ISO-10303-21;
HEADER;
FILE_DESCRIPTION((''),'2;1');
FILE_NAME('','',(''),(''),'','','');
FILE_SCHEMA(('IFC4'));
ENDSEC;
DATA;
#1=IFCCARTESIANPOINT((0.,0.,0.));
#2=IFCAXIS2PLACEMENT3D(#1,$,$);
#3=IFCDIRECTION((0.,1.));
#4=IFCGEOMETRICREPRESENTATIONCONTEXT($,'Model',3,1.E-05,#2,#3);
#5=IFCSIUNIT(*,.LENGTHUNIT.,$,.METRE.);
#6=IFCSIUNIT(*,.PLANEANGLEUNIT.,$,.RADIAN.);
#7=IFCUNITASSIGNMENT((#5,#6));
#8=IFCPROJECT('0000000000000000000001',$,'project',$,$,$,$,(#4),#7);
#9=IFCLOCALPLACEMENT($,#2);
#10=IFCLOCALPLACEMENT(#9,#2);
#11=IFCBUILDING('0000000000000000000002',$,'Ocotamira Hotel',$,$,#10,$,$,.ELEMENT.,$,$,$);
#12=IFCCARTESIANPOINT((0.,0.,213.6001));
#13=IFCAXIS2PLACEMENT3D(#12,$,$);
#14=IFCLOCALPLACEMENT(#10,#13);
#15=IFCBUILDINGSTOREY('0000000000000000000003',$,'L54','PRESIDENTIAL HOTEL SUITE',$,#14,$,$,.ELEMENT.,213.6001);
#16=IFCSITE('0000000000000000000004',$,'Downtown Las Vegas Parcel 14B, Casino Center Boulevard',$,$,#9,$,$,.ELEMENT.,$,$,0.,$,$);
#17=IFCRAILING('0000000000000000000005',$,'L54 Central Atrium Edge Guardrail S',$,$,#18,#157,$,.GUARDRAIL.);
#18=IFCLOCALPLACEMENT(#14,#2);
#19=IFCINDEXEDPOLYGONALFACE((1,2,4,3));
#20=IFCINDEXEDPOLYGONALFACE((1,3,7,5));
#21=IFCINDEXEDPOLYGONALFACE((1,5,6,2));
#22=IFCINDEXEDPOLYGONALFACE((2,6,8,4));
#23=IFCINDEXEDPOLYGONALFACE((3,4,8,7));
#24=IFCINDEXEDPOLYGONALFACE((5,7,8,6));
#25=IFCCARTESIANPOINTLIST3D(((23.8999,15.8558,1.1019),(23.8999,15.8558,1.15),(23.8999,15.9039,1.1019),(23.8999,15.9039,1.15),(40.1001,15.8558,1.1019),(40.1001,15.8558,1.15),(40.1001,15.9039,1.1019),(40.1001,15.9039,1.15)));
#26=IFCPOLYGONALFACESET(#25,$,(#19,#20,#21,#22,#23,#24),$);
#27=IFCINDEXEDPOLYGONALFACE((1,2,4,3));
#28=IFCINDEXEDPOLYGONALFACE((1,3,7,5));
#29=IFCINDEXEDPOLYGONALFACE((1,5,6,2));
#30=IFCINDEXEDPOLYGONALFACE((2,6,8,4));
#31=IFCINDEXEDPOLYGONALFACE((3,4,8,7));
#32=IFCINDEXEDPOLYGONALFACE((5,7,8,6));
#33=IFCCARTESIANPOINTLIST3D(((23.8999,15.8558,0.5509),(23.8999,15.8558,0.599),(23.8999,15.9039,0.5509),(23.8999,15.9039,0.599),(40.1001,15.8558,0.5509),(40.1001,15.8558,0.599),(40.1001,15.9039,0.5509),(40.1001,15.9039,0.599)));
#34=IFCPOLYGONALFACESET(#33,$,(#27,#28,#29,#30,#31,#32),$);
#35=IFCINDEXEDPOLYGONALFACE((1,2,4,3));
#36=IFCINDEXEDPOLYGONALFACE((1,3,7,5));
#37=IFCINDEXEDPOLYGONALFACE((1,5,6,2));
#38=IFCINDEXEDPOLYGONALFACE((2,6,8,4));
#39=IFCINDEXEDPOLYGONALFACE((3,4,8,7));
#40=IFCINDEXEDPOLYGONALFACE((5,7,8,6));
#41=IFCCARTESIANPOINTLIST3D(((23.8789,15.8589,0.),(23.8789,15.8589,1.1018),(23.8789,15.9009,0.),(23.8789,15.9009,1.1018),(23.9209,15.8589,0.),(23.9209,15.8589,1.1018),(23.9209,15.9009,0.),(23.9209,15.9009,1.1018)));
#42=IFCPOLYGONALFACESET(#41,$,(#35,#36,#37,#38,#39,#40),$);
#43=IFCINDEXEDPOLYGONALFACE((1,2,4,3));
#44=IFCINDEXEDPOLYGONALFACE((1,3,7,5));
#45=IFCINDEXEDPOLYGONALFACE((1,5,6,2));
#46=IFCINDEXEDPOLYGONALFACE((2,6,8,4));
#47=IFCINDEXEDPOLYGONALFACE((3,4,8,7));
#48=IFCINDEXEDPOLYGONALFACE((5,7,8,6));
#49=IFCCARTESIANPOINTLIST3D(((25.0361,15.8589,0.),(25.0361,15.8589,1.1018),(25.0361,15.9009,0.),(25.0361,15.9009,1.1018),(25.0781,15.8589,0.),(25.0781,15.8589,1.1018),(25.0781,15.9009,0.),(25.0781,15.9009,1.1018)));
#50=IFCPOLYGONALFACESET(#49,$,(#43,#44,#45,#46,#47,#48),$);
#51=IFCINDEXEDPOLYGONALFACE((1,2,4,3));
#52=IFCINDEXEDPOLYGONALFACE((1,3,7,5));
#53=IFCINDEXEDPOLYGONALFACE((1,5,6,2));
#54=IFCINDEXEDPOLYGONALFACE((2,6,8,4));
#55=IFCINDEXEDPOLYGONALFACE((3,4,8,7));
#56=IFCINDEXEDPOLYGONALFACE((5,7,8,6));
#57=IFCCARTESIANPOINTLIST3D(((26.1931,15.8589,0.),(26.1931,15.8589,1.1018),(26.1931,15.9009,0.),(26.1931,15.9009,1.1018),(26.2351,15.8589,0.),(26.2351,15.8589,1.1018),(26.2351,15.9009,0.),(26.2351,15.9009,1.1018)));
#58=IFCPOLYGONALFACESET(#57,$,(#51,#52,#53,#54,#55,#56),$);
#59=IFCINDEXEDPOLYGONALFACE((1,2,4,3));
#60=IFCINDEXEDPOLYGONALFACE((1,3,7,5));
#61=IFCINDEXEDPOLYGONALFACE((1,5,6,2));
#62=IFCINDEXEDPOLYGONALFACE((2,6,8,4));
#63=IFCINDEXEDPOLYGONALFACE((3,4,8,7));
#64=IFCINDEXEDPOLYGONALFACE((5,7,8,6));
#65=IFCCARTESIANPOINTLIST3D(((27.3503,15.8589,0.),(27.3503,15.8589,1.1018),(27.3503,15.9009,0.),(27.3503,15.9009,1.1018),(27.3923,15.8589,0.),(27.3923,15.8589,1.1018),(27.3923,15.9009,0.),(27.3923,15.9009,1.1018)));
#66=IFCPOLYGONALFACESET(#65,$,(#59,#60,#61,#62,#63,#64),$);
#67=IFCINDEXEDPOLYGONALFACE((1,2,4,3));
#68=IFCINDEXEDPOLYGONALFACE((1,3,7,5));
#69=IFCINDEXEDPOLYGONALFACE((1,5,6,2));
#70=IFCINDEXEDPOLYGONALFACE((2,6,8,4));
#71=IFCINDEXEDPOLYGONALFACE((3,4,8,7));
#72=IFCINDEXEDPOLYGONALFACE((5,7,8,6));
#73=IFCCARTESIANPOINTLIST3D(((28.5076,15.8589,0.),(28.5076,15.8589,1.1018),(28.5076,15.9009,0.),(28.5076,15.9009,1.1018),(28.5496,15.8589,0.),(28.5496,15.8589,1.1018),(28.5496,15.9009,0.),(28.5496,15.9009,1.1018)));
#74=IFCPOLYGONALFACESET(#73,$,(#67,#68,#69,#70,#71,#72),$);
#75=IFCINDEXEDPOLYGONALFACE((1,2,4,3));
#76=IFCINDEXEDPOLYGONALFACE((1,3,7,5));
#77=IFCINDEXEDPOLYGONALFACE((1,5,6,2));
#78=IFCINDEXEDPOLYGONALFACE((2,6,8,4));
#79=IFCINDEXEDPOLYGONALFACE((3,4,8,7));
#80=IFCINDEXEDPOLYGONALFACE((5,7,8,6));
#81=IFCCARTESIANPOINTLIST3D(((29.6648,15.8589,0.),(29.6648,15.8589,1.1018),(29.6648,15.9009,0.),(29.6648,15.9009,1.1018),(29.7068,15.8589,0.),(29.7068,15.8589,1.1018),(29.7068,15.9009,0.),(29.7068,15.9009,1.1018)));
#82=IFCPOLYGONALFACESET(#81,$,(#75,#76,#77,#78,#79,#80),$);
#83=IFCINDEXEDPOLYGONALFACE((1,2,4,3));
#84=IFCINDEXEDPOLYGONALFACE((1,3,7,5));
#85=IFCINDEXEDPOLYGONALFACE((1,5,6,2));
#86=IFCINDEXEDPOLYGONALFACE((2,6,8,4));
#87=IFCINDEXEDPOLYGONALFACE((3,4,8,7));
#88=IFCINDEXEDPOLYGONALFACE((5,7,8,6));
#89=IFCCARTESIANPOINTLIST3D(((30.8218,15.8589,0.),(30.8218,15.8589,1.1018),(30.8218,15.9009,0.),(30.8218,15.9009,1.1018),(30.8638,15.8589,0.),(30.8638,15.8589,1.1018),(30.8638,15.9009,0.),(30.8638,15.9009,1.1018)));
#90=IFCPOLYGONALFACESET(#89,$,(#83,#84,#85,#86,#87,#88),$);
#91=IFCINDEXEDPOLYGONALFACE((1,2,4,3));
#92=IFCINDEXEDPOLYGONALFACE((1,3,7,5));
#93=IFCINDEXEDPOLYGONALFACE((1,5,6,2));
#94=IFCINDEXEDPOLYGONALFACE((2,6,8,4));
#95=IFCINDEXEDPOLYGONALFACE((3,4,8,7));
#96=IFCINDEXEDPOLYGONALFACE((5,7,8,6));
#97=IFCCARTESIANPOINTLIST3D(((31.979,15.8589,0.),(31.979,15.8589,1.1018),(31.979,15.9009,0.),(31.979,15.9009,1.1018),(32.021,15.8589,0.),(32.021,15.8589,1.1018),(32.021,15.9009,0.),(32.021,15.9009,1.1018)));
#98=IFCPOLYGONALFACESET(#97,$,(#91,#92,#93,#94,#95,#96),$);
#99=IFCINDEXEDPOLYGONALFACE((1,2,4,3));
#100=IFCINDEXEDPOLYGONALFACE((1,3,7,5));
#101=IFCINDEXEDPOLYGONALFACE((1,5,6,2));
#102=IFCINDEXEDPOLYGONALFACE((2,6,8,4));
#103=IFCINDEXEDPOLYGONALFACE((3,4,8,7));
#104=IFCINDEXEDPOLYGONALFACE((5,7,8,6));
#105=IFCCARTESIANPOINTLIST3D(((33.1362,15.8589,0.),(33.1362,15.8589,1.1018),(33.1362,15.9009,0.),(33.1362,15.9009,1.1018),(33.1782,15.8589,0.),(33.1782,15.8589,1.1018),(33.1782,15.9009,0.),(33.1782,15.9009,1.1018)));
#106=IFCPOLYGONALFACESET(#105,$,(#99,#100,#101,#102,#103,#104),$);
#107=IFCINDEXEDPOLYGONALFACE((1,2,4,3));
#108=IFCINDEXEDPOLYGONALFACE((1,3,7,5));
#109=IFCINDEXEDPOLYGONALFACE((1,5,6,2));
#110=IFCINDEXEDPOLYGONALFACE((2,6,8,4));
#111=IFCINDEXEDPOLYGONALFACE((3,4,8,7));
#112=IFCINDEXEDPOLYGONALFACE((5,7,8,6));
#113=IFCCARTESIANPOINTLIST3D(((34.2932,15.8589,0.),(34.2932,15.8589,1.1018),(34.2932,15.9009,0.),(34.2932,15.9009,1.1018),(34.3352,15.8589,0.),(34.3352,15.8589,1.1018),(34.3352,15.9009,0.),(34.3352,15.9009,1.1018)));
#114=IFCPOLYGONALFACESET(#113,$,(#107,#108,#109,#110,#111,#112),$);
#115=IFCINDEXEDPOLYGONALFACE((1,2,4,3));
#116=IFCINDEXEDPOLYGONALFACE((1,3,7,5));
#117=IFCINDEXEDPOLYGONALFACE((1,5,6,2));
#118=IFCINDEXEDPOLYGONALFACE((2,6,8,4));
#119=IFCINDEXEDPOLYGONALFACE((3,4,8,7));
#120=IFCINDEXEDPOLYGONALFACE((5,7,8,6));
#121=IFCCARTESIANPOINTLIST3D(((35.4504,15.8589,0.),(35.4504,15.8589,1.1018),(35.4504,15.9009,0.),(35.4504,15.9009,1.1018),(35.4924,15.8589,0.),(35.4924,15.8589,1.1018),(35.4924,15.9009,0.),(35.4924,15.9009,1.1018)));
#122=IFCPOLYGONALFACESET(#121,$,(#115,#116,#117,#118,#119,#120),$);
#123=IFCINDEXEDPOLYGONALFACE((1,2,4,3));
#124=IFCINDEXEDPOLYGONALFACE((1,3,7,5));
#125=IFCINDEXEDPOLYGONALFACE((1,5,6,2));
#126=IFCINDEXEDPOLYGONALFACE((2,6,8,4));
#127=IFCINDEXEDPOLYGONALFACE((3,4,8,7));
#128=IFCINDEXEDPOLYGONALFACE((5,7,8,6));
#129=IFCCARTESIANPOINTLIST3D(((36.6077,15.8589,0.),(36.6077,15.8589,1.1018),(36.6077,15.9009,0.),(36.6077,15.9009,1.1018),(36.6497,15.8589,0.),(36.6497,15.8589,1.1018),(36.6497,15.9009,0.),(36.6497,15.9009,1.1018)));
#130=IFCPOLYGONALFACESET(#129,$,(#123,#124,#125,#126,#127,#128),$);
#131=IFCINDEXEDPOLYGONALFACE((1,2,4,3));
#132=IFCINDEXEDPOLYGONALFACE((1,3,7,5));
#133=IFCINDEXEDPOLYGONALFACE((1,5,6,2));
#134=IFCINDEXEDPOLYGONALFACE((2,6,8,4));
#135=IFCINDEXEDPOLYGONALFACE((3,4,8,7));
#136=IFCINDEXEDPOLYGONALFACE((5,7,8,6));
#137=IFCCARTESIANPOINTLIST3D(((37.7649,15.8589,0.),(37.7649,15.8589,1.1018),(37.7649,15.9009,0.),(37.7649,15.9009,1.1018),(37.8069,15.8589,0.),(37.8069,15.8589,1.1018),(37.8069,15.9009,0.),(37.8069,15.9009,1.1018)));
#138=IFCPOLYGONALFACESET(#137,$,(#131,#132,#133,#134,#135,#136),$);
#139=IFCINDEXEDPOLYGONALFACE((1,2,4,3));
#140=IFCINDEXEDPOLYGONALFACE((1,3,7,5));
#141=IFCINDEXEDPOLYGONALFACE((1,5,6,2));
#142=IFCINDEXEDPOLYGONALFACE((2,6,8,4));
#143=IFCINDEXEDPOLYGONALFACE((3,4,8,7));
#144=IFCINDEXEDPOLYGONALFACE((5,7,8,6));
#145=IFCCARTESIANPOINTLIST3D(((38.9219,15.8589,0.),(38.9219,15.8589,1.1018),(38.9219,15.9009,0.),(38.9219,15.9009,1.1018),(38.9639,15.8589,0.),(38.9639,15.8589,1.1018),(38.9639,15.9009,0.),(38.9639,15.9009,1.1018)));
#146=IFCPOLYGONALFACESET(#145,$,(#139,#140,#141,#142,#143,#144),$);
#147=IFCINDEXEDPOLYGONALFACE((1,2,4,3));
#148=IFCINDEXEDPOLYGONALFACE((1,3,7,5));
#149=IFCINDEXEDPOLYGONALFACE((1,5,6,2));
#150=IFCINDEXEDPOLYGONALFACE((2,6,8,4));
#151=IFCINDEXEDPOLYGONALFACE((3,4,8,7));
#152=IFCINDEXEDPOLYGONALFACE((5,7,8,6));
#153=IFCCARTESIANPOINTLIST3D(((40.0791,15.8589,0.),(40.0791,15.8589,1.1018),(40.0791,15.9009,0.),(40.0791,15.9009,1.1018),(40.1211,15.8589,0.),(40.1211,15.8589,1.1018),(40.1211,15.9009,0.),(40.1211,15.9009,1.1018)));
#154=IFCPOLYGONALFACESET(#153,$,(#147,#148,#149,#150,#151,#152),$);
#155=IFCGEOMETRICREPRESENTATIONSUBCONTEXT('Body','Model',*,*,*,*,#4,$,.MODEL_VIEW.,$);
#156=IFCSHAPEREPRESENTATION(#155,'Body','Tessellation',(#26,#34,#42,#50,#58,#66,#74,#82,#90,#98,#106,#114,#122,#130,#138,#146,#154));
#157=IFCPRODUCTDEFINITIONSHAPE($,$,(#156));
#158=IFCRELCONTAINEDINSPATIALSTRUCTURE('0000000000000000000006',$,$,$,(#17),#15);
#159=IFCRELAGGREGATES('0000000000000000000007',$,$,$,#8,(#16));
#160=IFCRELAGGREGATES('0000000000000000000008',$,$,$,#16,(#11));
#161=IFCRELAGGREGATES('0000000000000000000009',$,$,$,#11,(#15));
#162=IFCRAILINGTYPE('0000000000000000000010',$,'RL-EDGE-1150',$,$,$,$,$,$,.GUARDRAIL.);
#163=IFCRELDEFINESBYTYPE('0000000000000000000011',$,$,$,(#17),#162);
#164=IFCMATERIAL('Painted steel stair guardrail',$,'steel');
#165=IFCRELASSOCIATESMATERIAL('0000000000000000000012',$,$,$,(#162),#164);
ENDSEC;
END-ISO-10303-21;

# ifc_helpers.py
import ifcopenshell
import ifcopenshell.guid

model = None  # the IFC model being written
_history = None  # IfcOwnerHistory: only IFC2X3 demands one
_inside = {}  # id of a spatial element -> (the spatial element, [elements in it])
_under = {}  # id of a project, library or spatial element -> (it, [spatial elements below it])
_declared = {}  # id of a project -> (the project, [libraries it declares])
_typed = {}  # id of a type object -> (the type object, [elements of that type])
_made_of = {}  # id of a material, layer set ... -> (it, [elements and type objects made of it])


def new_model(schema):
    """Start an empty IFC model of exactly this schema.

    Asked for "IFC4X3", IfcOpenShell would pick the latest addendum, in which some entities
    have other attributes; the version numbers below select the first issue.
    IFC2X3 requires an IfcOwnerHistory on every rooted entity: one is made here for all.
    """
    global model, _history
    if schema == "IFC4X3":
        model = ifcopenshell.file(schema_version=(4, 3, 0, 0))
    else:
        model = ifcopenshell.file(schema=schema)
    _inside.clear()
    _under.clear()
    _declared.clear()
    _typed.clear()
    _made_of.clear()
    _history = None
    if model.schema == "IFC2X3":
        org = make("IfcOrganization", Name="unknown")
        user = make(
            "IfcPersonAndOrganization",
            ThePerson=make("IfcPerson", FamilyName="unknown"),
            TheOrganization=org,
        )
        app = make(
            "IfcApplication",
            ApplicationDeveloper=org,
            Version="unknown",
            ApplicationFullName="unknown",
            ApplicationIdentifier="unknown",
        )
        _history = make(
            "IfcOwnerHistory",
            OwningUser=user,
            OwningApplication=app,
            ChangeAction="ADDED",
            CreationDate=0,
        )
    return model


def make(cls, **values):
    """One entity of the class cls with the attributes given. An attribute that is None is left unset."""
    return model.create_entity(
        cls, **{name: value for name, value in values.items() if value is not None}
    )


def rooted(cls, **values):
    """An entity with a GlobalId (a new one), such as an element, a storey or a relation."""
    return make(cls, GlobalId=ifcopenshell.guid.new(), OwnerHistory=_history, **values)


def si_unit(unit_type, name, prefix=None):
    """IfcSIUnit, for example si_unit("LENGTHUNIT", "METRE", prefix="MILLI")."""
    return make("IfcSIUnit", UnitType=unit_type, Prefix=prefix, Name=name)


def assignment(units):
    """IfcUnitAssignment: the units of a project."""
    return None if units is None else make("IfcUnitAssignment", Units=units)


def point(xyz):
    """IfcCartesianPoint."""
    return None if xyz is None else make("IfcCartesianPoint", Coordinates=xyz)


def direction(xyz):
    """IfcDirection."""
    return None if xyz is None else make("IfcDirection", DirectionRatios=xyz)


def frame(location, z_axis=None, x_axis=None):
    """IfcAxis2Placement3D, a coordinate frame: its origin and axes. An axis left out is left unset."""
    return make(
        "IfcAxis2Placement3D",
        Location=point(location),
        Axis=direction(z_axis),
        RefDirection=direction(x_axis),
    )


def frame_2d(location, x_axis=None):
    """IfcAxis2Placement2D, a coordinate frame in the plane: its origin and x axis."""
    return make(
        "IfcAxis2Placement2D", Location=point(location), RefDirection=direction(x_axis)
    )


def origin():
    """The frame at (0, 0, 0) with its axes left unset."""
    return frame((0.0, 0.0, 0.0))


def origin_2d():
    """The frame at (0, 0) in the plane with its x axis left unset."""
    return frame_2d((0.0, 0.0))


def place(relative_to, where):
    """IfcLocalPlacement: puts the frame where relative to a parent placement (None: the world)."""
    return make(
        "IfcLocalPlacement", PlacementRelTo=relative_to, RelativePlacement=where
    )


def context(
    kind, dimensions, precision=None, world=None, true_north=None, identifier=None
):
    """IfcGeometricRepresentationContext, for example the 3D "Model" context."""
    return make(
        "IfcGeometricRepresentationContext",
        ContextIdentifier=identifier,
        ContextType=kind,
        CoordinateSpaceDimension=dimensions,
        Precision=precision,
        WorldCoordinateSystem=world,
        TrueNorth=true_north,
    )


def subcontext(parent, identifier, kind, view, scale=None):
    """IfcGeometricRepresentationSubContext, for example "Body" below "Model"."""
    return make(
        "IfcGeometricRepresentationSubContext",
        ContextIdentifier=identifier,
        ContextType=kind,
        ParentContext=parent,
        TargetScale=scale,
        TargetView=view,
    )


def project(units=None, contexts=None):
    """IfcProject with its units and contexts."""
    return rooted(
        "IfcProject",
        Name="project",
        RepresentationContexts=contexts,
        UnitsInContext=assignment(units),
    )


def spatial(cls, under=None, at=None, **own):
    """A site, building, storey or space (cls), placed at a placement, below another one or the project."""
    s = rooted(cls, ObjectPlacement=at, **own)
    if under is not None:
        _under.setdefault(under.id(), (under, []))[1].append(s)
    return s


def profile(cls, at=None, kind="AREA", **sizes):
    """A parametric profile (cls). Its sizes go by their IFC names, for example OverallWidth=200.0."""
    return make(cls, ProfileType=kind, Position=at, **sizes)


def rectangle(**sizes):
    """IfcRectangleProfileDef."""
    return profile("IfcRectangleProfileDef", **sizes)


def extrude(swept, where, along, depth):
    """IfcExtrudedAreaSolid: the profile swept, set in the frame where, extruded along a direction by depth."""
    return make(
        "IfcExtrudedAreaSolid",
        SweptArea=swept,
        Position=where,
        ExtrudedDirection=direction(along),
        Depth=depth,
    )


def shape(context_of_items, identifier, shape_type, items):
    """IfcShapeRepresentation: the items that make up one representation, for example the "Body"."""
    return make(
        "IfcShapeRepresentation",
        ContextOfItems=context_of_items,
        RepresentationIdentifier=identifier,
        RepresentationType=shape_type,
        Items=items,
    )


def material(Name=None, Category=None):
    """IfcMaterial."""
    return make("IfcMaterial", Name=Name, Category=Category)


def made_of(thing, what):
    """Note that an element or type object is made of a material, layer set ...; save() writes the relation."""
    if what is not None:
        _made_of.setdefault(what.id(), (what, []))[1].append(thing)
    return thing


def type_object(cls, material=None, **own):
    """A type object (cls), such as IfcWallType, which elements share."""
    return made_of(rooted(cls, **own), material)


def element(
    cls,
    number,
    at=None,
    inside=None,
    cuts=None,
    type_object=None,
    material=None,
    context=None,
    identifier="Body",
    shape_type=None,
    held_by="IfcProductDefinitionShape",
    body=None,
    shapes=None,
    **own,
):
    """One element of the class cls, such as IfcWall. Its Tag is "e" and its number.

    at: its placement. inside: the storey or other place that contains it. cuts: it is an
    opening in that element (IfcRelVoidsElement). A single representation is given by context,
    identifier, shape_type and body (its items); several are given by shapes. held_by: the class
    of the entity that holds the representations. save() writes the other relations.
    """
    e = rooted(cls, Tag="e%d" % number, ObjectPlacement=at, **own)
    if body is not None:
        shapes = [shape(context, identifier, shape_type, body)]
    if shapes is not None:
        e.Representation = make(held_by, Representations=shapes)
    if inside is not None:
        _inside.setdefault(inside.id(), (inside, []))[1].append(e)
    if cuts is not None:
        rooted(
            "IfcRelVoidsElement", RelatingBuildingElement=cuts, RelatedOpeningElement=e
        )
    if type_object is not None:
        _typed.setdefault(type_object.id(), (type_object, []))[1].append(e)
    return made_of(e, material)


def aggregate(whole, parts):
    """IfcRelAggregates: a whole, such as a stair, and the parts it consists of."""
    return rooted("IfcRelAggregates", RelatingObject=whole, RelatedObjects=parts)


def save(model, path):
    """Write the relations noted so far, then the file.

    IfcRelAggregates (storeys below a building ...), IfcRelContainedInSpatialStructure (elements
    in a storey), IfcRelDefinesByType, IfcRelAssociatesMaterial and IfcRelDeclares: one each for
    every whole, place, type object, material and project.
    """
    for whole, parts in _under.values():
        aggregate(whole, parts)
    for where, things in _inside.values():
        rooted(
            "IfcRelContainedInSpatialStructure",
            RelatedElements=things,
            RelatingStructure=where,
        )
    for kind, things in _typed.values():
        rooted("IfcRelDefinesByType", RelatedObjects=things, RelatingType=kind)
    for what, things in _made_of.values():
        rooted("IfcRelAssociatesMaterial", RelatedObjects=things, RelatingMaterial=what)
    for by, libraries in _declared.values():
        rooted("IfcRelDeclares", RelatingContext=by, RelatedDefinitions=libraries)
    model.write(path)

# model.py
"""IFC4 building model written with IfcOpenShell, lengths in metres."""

from ifc_helpers import new_model, si_unit, direction, frame, origin, origin_2d, place, context, subcontext, project, spatial, rectangle, extrude, material, type_object, element, save


model = new_model("IFC4")

# Units and contexts
model_context = context("Model", 3, precision=1e-05, world=origin(), true_north=direction((0.0, 1.0)))
body_context = subcontext(model_context, "Body", "Model", "MODEL_VIEW")
ifc_project = project(units=[si_unit("LENGTHUNIT", "METRE"), si_unit("PLANEANGLEUNIT", "RADIAN")], contexts=[model_context])

# Site, building, storey
site_placement = place(None, origin())
site = spatial("IfcSite", under=ifc_project, at=site_placement, Name="Downtown Las Vegas Parcel 14B, Casino Center Boulevard", CompositionType="ELEMENT", RefElevation=0.0)
building_placement = place(site_placement, origin())
building = spatial("IfcBuilding", under=site, at=building_placement, Name="Ocotamira Hotel", CompositionType="ELEMENT")
storey_placement = place(building_placement, frame((0.0, 0.0, 213.6001)))
storey = spatial("IfcBuildingStorey", under=building, at=storey_placement, Name="L54", Description="PRESIDENTIAL HOTEL SUITE", CompositionType="ELEMENT", Elevation=213.6001)

# Railing
ifc_material_1 = material(Name="Painted steel stair guardrail", Category="steel")
railing_type = type_object("IfcRailingType", Name="RL-EDGE-1150", PredefinedType="GUARDRAIL", material=ifc_material_1)
railing_1_placement = place(storey_placement, frame((23.8999, 15.8799, 0.0)))
element("IfcRailing", 1, at=railing_1_placement, inside=storey, type_object=railing_type, Name="L54 Central Atrium Edge Guardrail S", PredefinedType="GUARDRAIL", context=body_context, shape_type="SweptSolid", body=[
    extrude(rectangle(XDim=0.0481, YDim=0.0481, at=origin_2d()), frame((0.0, 0.0, 1.126), z_axis=(1.0, 0.0, 0.0), x_axis=(0.0, 1.0, 0.0)), (0.0, 0.0, 1.0), 16.2002),
    extrude(rectangle(XDim=0.0481, YDim=0.0481, at=origin_2d()), frame((0.0, 0.0, 0.575), z_axis=(1.0, 0.0, 0.0), x_axis=(0.0, 1.0, 0.0)), (0.0, 0.0, 1.0), 16.2002),
    extrude(rectangle(XDim=0.042, YDim=0.042, at=origin_2d()), origin(), (0.0, 0.0, 1.0), 1.1018),
    extrude(rectangle(XDim=0.042, YDim=0.042, at=origin_2d()), frame((1.1572, 0.0, 0.0)), (0.0, 0.0, 1.0), 1.1018),
    extrude(rectangle(XDim=0.042, YDim=0.042, at=origin_2d()), frame((2.3142, 0.0, 0.0)), (0.0, 0.0, 1.0), 1.1018),
    extrude(rectangle(XDim=0.042, YDim=0.042, at=origin_2d()), frame((3.4714, 0.0, 0.0)), (0.0, 0.0, 1.0), 1.1018),
    extrude(rectangle(XDim=0.042, YDim=0.042, at=origin_2d()), frame((4.6287, 0.0, 0.0)), (0.0, 0.0, 1.0), 1.1018),
    extrude(rectangle(XDim=0.042, YDim=0.042, at=origin_2d()), frame((5.7859, 0.0, 0.0)), (0.0, 0.0, 1.0), 1.1018),
    extrude(rectangle(XDim=0.042, YDim=0.042, at=origin_2d()), frame((6.9429, 0.0, 0.0)), (0.0, 0.0, 1.0), 1.1018),
    extrude(rectangle(XDim=0.042, YDim=0.042, at=origin_2d()), frame((8.1001, 0.0, 0.0)), (0.0, 0.0, 1.0), 1.1018),
    extrude(rectangle(XDim=0.042, YDim=0.042, at=origin_2d()), frame((9.2573, 0.0, 0.0)), (0.0, 0.0, 1.0), 1.1018),
    extrude(rectangle(XDim=0.042, YDim=0.042, at=origin_2d()), frame((10.4143, 0.0, 0.0)), (0.0, 0.0, 1.0), 1.1018),
    extrude(rectangle(XDim=0.042, YDim=0.042, at=origin_2d()), frame((11.5715, 0.0, 0.0)), (0.0, 0.0, 1.0), 1.1018),
    extrude(rectangle(XDim=0.042, YDim=0.042, at=origin_2d()), frame((12.7288, 0.0, 0.0)), (0.0, 0.0, 1.0), 1.1018),
    extrude(rectangle(XDim=0.042, YDim=0.042, at=origin_2d()), frame((13.886, 0.0, 0.0)), (0.0, 0.0, 1.0), 1.1018),
    extrude(rectangle(XDim=0.042, YDim=0.042, at=origin_2d()), frame((15.043, 0.0, 0.0)), (0.0, 0.0, 1.0), 1.1018),
    extrude(rectangle(XDim=0.042, YDim=0.042, at=origin_2d()), frame((16.2002, 0.0, 0.0)), (0.0, 0.0, 1.0), 1.1018),
])

save(model, "model.ifc")
